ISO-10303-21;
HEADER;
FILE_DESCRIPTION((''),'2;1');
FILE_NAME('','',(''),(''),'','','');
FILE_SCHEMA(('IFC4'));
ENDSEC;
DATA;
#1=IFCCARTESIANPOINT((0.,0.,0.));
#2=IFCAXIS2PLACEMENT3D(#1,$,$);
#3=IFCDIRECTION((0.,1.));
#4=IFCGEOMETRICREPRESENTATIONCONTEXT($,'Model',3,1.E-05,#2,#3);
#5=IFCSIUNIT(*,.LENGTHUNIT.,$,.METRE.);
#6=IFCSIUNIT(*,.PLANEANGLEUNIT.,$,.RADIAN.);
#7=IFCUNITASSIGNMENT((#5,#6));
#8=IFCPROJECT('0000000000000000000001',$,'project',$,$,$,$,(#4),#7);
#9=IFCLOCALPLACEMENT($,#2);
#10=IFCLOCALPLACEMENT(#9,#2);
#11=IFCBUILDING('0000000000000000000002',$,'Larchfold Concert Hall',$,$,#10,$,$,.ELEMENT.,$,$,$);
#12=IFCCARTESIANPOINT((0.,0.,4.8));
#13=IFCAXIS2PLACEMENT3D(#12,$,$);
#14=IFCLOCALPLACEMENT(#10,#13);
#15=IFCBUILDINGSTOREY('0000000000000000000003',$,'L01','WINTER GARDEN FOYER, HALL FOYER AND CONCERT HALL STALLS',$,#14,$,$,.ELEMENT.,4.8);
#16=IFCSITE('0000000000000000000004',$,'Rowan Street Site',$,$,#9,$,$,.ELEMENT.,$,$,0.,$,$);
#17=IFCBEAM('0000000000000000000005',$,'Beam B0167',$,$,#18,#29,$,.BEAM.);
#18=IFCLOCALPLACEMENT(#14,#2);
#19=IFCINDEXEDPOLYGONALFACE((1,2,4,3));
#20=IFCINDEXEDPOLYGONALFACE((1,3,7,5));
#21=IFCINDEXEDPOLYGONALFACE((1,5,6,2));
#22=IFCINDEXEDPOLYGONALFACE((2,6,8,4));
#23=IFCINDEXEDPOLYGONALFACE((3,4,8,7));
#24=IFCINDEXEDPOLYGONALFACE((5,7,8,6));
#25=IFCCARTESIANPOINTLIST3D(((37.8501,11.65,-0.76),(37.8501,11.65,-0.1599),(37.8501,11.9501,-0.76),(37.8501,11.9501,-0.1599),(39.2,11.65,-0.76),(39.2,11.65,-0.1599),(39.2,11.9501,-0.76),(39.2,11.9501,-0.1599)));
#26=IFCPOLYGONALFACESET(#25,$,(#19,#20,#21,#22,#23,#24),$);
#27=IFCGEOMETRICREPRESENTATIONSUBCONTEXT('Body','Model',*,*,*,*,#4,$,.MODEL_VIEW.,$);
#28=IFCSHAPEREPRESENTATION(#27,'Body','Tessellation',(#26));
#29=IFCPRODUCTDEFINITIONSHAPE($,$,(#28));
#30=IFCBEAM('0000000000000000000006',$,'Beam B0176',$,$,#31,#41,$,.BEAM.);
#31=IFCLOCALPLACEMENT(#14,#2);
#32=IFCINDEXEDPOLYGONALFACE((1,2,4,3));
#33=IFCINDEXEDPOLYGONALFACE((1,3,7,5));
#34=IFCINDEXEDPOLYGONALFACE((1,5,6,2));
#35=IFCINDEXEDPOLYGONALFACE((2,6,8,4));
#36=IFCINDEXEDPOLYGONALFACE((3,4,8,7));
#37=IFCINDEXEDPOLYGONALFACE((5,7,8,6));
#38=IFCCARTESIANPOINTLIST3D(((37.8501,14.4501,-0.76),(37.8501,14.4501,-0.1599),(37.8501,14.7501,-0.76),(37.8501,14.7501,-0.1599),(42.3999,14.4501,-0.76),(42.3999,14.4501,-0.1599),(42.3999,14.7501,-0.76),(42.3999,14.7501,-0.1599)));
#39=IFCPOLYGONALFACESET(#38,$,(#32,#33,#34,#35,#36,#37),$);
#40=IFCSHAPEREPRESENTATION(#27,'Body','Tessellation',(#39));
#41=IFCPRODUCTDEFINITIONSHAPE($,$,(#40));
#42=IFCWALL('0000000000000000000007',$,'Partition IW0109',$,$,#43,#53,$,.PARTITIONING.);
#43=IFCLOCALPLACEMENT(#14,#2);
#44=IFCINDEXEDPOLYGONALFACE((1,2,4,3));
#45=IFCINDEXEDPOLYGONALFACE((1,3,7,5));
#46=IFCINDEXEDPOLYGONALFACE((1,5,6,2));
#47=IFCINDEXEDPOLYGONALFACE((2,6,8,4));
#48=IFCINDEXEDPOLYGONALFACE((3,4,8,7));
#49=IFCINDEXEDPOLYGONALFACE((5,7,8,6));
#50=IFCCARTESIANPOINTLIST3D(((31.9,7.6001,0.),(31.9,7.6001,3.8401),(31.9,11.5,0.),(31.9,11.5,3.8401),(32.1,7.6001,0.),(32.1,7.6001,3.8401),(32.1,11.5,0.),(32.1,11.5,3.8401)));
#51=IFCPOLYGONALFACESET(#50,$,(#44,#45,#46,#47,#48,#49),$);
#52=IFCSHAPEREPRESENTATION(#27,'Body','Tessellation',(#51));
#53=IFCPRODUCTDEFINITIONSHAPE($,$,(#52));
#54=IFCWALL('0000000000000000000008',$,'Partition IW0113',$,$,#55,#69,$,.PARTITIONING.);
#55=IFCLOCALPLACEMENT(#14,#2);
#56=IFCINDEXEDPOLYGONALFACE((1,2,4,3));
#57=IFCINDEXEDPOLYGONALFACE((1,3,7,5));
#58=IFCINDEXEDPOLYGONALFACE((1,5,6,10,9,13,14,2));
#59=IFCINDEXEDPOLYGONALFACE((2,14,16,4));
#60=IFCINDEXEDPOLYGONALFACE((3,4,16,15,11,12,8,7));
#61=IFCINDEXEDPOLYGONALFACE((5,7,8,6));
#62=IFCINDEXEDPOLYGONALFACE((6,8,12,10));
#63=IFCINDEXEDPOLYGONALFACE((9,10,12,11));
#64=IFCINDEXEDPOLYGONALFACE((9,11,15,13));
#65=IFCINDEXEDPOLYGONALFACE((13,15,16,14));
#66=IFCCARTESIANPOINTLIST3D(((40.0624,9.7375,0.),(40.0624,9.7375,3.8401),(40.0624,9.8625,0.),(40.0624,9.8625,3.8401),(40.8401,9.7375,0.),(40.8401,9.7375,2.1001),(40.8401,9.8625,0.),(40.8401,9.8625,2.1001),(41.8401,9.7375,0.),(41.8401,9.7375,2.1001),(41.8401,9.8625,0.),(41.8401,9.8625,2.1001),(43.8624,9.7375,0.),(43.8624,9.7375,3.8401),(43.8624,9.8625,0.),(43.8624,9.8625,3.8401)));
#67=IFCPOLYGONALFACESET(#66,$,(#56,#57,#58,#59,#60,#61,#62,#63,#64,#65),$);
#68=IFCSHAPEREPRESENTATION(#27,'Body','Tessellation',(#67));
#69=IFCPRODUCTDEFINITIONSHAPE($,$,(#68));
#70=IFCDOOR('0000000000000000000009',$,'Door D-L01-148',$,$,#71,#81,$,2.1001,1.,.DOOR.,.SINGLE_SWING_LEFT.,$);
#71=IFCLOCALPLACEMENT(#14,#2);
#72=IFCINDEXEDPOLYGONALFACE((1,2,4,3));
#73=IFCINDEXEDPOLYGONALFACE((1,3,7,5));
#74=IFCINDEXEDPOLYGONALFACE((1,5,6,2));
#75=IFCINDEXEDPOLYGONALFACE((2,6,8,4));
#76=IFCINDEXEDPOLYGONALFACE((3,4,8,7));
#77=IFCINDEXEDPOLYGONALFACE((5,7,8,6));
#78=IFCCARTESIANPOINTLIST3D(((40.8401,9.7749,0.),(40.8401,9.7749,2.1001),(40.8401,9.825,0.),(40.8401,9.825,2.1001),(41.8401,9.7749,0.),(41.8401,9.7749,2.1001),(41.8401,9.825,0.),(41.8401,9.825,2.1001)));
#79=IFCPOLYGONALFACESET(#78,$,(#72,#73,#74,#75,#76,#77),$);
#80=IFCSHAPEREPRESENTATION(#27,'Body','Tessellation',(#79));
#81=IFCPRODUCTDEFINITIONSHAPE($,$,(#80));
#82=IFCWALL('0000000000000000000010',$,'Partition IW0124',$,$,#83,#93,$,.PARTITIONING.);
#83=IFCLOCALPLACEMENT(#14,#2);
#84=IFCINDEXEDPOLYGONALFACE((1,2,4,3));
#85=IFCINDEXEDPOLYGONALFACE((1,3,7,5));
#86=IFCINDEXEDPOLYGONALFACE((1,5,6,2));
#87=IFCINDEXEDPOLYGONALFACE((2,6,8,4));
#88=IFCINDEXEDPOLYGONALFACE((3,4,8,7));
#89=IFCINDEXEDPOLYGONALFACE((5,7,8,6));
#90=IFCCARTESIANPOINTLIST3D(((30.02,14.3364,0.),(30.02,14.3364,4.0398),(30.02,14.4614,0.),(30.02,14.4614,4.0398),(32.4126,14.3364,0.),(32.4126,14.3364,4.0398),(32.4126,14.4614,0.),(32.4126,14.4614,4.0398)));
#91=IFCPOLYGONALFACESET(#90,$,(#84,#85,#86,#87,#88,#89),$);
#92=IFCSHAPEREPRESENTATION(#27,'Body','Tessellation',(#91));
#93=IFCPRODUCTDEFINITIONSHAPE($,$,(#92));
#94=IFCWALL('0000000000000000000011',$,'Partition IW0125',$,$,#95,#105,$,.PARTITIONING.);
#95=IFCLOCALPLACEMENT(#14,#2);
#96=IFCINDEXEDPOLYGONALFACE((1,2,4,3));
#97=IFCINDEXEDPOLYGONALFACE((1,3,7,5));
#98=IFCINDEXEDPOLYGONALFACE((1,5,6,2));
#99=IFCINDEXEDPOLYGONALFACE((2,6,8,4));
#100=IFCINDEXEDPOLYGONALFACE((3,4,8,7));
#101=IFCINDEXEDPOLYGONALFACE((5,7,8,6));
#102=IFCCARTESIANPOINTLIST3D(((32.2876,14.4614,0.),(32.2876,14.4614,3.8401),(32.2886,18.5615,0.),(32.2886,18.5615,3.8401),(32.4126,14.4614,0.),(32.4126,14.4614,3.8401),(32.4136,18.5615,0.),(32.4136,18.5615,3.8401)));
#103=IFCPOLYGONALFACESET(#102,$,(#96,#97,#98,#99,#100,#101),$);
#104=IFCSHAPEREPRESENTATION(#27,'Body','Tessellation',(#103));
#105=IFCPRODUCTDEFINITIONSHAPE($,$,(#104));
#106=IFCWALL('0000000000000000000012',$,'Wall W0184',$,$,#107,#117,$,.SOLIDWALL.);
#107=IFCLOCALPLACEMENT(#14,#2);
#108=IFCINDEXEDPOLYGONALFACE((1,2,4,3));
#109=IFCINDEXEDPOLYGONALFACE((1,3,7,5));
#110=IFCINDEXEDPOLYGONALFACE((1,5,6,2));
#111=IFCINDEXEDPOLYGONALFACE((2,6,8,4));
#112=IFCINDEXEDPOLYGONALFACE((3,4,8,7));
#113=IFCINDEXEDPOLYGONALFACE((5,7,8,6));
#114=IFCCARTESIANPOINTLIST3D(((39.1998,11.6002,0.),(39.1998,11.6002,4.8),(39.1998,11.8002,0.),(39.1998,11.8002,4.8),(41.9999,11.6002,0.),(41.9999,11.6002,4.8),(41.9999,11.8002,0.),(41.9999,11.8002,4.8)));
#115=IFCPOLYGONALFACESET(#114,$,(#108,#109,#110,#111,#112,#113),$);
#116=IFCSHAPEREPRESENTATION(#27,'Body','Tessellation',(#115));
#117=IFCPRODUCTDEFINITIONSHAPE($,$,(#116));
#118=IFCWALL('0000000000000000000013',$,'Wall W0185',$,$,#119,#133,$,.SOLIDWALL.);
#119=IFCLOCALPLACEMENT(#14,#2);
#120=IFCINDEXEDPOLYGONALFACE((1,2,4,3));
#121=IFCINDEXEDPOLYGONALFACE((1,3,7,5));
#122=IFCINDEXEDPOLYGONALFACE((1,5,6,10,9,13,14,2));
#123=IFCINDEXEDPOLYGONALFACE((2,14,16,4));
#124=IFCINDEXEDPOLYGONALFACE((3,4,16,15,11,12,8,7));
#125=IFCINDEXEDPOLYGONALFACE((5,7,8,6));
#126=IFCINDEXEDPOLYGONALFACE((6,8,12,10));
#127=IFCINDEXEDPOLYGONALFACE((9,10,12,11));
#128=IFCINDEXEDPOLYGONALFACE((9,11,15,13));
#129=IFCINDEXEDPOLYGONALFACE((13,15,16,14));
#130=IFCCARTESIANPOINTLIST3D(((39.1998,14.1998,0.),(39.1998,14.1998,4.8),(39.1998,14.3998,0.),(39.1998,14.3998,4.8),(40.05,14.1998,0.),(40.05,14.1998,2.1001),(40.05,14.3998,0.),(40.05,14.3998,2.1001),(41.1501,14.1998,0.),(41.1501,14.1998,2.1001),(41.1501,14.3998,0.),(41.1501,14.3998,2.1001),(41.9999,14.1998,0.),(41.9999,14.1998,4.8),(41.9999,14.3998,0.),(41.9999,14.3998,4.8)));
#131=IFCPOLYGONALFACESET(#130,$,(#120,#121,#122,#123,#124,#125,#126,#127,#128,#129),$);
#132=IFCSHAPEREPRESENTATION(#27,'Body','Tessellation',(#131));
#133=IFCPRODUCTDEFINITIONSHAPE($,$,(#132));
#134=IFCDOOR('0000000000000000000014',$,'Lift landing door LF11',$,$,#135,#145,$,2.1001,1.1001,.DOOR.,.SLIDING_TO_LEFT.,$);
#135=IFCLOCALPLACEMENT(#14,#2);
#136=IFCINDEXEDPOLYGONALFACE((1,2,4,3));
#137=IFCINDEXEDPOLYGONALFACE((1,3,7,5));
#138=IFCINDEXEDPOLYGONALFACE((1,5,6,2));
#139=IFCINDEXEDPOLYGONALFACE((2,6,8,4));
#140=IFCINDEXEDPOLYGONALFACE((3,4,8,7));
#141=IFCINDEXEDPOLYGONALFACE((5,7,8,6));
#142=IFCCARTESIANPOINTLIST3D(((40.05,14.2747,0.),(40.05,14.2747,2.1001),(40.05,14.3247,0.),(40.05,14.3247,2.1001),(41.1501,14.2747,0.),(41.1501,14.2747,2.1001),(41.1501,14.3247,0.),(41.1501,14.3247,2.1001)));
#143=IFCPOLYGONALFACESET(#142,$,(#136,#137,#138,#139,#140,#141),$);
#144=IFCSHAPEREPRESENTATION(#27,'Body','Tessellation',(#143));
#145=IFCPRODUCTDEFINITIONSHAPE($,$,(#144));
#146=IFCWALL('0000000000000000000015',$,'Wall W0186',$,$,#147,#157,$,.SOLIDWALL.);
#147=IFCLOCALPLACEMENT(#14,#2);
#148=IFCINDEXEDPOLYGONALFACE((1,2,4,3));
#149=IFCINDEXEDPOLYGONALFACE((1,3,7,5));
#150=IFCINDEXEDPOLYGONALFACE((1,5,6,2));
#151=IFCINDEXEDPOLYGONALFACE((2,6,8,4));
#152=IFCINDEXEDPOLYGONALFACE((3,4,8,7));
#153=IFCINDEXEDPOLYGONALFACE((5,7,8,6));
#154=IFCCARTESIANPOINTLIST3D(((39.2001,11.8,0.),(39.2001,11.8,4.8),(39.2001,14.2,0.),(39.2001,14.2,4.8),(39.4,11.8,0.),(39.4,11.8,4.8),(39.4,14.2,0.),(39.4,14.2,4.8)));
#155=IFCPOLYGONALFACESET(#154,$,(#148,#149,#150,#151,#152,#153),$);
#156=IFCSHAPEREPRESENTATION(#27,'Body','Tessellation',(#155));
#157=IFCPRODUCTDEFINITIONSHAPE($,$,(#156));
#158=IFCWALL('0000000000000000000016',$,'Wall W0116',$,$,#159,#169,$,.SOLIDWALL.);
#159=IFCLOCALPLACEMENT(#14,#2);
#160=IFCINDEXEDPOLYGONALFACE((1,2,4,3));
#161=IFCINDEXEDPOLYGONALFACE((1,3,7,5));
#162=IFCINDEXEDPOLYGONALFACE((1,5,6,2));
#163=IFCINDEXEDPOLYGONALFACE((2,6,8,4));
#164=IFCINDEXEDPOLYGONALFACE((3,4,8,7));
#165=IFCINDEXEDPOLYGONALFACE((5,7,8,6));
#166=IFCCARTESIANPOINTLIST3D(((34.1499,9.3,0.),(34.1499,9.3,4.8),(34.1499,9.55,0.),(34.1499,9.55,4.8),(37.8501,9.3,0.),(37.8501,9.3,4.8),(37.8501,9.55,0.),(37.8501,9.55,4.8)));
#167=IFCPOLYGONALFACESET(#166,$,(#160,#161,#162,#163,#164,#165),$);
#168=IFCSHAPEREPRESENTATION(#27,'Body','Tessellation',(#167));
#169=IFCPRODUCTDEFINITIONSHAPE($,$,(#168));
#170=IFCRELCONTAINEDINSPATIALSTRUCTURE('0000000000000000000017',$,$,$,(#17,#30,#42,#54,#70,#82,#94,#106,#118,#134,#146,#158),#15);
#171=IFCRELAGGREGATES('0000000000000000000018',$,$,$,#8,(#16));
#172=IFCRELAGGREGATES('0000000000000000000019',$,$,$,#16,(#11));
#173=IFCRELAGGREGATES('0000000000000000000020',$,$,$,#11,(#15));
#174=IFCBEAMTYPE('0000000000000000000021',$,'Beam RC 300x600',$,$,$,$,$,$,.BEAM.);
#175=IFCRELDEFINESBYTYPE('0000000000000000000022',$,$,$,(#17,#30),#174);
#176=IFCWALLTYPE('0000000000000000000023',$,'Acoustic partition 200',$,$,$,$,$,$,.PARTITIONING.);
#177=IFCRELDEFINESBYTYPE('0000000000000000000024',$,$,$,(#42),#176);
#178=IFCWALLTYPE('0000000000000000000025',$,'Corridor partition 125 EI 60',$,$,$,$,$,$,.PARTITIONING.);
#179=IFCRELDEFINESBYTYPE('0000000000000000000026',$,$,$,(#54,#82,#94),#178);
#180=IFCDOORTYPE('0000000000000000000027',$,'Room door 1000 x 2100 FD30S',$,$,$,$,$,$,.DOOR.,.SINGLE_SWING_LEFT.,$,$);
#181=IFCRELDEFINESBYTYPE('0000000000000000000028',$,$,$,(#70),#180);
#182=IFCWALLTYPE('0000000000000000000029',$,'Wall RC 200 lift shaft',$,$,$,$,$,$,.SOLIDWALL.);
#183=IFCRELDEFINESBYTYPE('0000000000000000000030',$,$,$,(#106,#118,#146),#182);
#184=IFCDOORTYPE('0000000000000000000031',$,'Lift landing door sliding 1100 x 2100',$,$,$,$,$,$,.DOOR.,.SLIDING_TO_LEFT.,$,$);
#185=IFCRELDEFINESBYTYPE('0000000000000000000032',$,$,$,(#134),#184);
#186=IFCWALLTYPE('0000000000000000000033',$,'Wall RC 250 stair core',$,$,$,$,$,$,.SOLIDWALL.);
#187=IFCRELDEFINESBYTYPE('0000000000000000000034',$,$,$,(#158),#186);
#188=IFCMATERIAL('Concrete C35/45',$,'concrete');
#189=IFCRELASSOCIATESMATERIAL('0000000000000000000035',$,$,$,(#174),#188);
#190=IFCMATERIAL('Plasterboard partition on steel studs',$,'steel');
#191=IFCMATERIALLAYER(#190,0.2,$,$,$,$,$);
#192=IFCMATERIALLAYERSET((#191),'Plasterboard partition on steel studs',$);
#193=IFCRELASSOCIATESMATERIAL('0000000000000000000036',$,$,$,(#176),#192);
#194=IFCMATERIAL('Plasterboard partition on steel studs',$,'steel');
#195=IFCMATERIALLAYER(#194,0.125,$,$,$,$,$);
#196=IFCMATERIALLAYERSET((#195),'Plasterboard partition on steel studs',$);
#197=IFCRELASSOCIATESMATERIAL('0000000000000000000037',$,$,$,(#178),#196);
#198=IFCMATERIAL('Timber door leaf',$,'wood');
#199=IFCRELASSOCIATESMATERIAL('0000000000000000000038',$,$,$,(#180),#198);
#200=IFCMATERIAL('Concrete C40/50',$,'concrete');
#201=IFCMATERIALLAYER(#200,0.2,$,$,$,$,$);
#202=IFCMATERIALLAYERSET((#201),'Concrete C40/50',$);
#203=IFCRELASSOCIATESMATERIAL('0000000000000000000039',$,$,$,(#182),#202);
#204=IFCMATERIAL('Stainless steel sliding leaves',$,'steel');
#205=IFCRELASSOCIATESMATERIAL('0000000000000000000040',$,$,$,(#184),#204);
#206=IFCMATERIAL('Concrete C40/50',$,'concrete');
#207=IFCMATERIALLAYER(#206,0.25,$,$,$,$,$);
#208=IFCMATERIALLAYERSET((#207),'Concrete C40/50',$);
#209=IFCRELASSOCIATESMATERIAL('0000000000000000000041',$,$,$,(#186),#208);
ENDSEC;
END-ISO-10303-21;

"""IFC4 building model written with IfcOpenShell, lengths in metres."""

from ifc_helpers import new_model, si_unit, direction, frame, frame_2d, origin, origin_2d, place, context, subcontext, project, spatial, rectangle, extrude, material, layer, layer_set, material_profile, profile_set, type_object, element, fill, save


model = new_model("IFC4")

# Units and contexts
model_context = context("Model", 3, precision=1e-05, world=origin(), true_north=direction((0.0, 1.0)))
body_context = subcontext(model_context, "Body", "Model", "MODEL_VIEW")
ifc_project = project(units=[si_unit("LENGTHUNIT", "METRE"), si_unit("PLANEANGLEUNIT", "RADIAN")], contexts=[model_context])

# Site, building, storey
site_placement = place(None, origin())
site = spatial("IfcSite", under=ifc_project, at=site_placement, Name="Rowan Street Site", CompositionType="ELEMENT", RefElevation=0.0)
building_placement = place(site_placement, origin())
building = spatial("IfcBuilding", under=site, at=building_placement, Name="Larchfold Concert Hall", CompositionType="ELEMENT")
storey_placement = place(building_placement, frame((0.0, 0.0, 4.8)))
storey = spatial("IfcBuildingStorey", under=building, at=storey_placement, Name="L01", Description="WINTER GARDEN FOYER, HALL FOYER AND CONCERT HALL STALLS", CompositionType="ELEMENT", Elevation=4.8)

# Beams
ifc_material_1 = material(Name="Concrete C35/45", Category="concrete")
ifc_material_profile = material_profile(ifc_material_1, rectangle(XDim=0.3, YDim=0.6001, at=origin_2d()))
ifc_profile_set = profile_set([ifc_material_profile], Name="Concrete C35/45")
beam_type = type_object("IfcBeamType", Name="Beam RC 300x600", PredefinedType="BEAM", material=ifc_profile_set)
beam_1_placement = place(storey_placement, frame((37.8501, 11.8, -0.46), z_axis=(1.0, 0.0, 0.0), x_axis=(0.0, 1.0, 0.0)))
element("IfcBeam", 1, at=beam_1_placement, inside=storey, type_object=beam_type, Name="Beam B0167", PredefinedType="BEAM", context=body_context, shape_type="SweptSolid", body=[
    extrude(rectangle(XDim=0.3, YDim=0.6001, at=origin_2d()), origin(), (0.0, 0.0, 1.0), 1.3499),
])
beam_2_placement = place(storey_placement, frame((37.8501, 14.6001, -0.46), z_axis=(1.0, 0.0, 0.0), x_axis=(0.0, 1.0, 0.0)))
element("IfcBeam", 2, at=beam_2_placement, inside=storey, type_object=beam_type, Name="Beam B0176", PredefinedType="BEAM", context=body_context, shape_type="SweptSolid", body=[
    extrude(rectangle(XDim=0.3, YDim=0.6001, at=origin_2d()), origin(), (0.0, 0.0, 1.0), 4.5498),
])

# Wall
ifc_material_2 = material(Name="Plasterboard partition on steel studs", Category="steel")
ifc_layer_1 = layer(ifc_material_2, 0.2)
ifc_layer_set_1 = layer_set([ifc_layer_1], Name="Plasterboard partition on steel studs")
wall_type_1 = type_object("IfcWallType", Name="Acoustic partition 200", PredefinedType="PARTITIONING", material=ifc_layer_set_1)
wall_1_placement = place(storey_placement, frame((32.0, 11.5, 0.0), z_axis=(0.0, 0.0, 1.0), x_axis=(0.0, -1.0, 0.0)))
element("IfcWall", 3, at=wall_1_placement, inside=storey, type_object=wall_type_1, Name="Partition IW0109", PredefinedType="PARTITIONING", context=body_context, shape_type="SweptSolid", body=[
    extrude(rectangle(XDim=3.8999, YDim=0.2, at=frame_2d((1.95, 0.0))), origin(), (0.0, 0.0, 1.0), 3.8401),
])

# Wall, opening, door
ifc_material_3 = material(Name="Plasterboard partition on steel studs", Category="steel")
ifc_layer_2 = layer(ifc_material_3, 0.125)
ifc_layer_set_2 = layer_set([ifc_layer_2], Name="Plasterboard partition on steel studs")
wall_type_2 = type_object("IfcWallType", Name="Corridor partition 125 EI 60", PredefinedType="PARTITIONING", material=ifc_layer_set_2)
wall_2_placement = place(storey_placement, frame((40.0625, 9.8, 0.0), z_axis=(0.0, 0.0, 1.0), x_axis=(1.0, 0.0, 0.0)))
wall_2 = element("IfcWall", 4, at=wall_2_placement, inside=storey, type_object=wall_type_2, Name="Partition IW0113", PredefinedType="PARTITIONING", context=body_context, shape_type="SweptSolid", body=[
    extrude(rectangle(XDim=3.8, YDim=0.125, at=frame_2d((1.8999, 0.0))), origin(), (0.0, 0.0, 1.0), 3.8401),
])
opening_1_placement = place(wall_2_placement, frame((0.7776, 0.0, 0.0)))
opening_1 = element("IfcOpeningElement", 5, at=opening_1_placement, cuts=wall_2, PredefinedType="OPENING", context=body_context, shape_type="SweptSolid", body=[
    extrude(rectangle(XDim=1.0, YDim=2.1001, at=frame_2d((0.5, 1.05))), frame((0.0, 0.0725, 0.0), z_axis=(0.0, -1.0, 0.0), x_axis=(1.0, 0.0, 0.0)), (0.0, 0.0, 1.0), 0.145),
])
ifc_material_4 = material(Name="Timber door leaf", Category="wood")
door_type_1 = type_object("IfcDoorType", Name="Room door 1000 x 2100 FD30S", OperationType="SINGLE_SWING_LEFT", PredefinedType="DOOR", material=ifc_material_4)
door_1_placement = place(opening_1_placement, origin())
door_1 = element("IfcDoor", 6, at=door_1_placement, inside=storey, type_object=door_type_1, Name="Door D-L01-148", OperationType="SINGLE_SWING_LEFT", OverallHeight=2.1001, OverallWidth=1.0, PredefinedType="DOOR", context=body_context, shape_type="SweptSolid", body=[
    extrude(rectangle(XDim=1.0, YDim=2.1001, at=frame_2d((0.5, 1.05))), frame((0.0, 0.0249, 0.0), z_axis=(0.0, -1.0, 0.0), x_axis=(1.0, 0.0, 0.0)), (0.0, 0.0, 1.0), 0.05),
])
fill(opening_1, door_1)

# Walls
wall_3_placement = place(storey_placement, frame((30.02, 14.3989, 0.0), z_axis=(0.0, 0.0, 1.0), x_axis=(1.0, 0.0, 0.0)))
element("IfcWall", 7, at=wall_3_placement, inside=storey, type_object=wall_type_2, Name="Partition IW0124", PredefinedType="PARTITIONING", context=body_context, shape_type="SweptSolid", body=[
    extrude(rectangle(XDim=2.3926, YDim=0.125, at=frame_2d((1.1963, 0.0))), origin(), (0.0, 0.0, 1.0), 4.0398),
])
wall_4_placement = place(storey_placement, frame((32.3501, 14.4614, 0.0), z_axis=(0.0, 0.0, 1.0), x_axis=(0.000238, 1.0, 0.0)))
element("IfcWall", 8, at=wall_4_placement, inside=storey, type_object=wall_type_2, Name="Partition IW0125", PredefinedType="PARTITIONING", context=body_context, shape_type="SweptSolid", body=[
    extrude(rectangle(XDim=4.1001, YDim=0.125, at=frame_2d((2.05, 0.0))), origin(), (0.0, 0.0, 1.0), 3.8401),
])
ifc_material_5 = material(Name="Concrete C40/50", Category="concrete")
ifc_layer_3 = layer(ifc_material_5, 0.2)
ifc_layer_set_3 = layer_set([ifc_layer_3], Name="Concrete C40/50")
wall_type_3 = type_object("IfcWallType", Name="Wall RC 200 lift shaft", PredefinedType="SOLIDWALL", material=ifc_layer_set_3)
wall_5_placement = place(storey_placement, frame((39.2, 11.7002, 0.0), z_axis=(0.0, 0.0, 1.0), x_axis=(1.0, 0.0, 0.0)))
element("IfcWall", 9, at=wall_5_placement, inside=storey, type_object=wall_type_3, Name="Wall W0184", PredefinedType="SOLIDWALL", context=body_context, shape_type="SweptSolid", body=[
    extrude(rectangle(XDim=2.8, YDim=0.2, at=frame_2d((1.3999, 0.0))), origin(), (0.0, 0.0, 1.0), 4.8),
])

# Wall, opening, door
wall_6_placement = place(storey_placement, frame((39.2, 14.2998, 0.0), z_axis=(0.0, 0.0, 1.0), x_axis=(1.0, 0.0, 0.0)))
wall_6 = element("IfcWall", 10, at=wall_6_placement, inside=storey, type_object=wall_type_3, Name="Wall W0185", PredefinedType="SOLIDWALL", context=body_context, shape_type="SweptSolid", body=[
    extrude(rectangle(XDim=2.8, YDim=0.2, at=frame_2d((1.3999, 0.0))), origin(), (0.0, 0.0, 1.0), 4.8),
])
opening_2_placement = place(wall_6_placement, frame((0.8501, 0.0, 0.0)))
opening_2 = element("IfcOpeningElement", 11, at=opening_2_placement, cuts=wall_6, PredefinedType="OPENING", context=body_context, shape_type="SweptSolid", body=[
    extrude(rectangle(XDim=1.1001, YDim=2.1001, at=frame_2d((0.55, 1.05))), frame((0.0, 0.1099, 0.0), z_axis=(0.0, -1.0, 0.0), x_axis=(1.0, 0.0, 0.0)), (0.0, 0.0, 1.0), 0.22),
])
ifc_material_6 = material(Name="Stainless steel sliding leaves", Category="steel")
door_type_2 = type_object("IfcDoorType", Name="Lift landing door sliding 1100 x 2100", OperationType="SLIDING_TO_LEFT", PredefinedType="DOOR", material=ifc_material_6)
door_2_placement = place(opening_2_placement, origin())
door_2 = element("IfcDoor", 12, at=door_2_placement, inside=storey, type_object=door_type_2, Name="Lift landing door LF11", OperationType="SLIDING_TO_LEFT", OverallHeight=2.1001, OverallWidth=1.1001, PredefinedType="DOOR", context=body_context, shape_type="SweptSolid", body=[
    extrude(rectangle(XDim=1.1001, YDim=2.1001, at=frame_2d((0.55, 1.05))), frame((0.0, 0.0249, 0.0), z_axis=(0.0, -1.0, 0.0), x_axis=(1.0, 0.0, 0.0)), (0.0, 0.0, 1.0), 0.05),
])
fill(opening_2, door_2)

# Walls
wall_7_placement = place(storey_placement, frame((39.3, 11.8, 0.0), z_axis=(0.0, 0.0, 1.0), x_axis=(0.0, 1.0, 0.0)))
element("IfcWall", 13, at=wall_7_placement, inside=storey, type_object=wall_type_3, Name="Wall W0186", PredefinedType="SOLIDWALL", context=body_context, shape_type="SweptSolid", body=[
    extrude(rectangle(XDim=2.3999, YDim=0.2, at=frame_2d((1.2, 0.0))), origin(), (0.0, 0.0, 1.0), 4.8),
])
ifc_material_7 = material(Name="Concrete C40/50", Category="concrete")
ifc_layer_4 = layer(ifc_material_7, 0.25)
ifc_layer_set_4 = layer_set([ifc_layer_4], Name="Concrete C40/50")
wall_type_4 = type_object("IfcWallType", Name="Wall RC 250 stair core", PredefinedType="SOLIDWALL", material=ifc_layer_set_4)
wall_8_placement = place(storey_placement, frame((34.1499, 9.425, 0.0), z_axis=(0.0, 0.0, 1.0), x_axis=(1.0, 0.0, 0.0)))
element("IfcWall", 14, at=wall_8_placement, inside=storey, type_object=wall_type_4, Name="Wall W0116", PredefinedType="SOLIDWALL", context=body_context, shape_type="SweptSolid", body=[
    extrude(rectangle(XDim=3.7002, YDim=0.25, at=frame_2d((1.8501, 0.0))), origin(), (0.0, 0.0, 1.0), 4.8),
])

save(model, "model.ifc")
